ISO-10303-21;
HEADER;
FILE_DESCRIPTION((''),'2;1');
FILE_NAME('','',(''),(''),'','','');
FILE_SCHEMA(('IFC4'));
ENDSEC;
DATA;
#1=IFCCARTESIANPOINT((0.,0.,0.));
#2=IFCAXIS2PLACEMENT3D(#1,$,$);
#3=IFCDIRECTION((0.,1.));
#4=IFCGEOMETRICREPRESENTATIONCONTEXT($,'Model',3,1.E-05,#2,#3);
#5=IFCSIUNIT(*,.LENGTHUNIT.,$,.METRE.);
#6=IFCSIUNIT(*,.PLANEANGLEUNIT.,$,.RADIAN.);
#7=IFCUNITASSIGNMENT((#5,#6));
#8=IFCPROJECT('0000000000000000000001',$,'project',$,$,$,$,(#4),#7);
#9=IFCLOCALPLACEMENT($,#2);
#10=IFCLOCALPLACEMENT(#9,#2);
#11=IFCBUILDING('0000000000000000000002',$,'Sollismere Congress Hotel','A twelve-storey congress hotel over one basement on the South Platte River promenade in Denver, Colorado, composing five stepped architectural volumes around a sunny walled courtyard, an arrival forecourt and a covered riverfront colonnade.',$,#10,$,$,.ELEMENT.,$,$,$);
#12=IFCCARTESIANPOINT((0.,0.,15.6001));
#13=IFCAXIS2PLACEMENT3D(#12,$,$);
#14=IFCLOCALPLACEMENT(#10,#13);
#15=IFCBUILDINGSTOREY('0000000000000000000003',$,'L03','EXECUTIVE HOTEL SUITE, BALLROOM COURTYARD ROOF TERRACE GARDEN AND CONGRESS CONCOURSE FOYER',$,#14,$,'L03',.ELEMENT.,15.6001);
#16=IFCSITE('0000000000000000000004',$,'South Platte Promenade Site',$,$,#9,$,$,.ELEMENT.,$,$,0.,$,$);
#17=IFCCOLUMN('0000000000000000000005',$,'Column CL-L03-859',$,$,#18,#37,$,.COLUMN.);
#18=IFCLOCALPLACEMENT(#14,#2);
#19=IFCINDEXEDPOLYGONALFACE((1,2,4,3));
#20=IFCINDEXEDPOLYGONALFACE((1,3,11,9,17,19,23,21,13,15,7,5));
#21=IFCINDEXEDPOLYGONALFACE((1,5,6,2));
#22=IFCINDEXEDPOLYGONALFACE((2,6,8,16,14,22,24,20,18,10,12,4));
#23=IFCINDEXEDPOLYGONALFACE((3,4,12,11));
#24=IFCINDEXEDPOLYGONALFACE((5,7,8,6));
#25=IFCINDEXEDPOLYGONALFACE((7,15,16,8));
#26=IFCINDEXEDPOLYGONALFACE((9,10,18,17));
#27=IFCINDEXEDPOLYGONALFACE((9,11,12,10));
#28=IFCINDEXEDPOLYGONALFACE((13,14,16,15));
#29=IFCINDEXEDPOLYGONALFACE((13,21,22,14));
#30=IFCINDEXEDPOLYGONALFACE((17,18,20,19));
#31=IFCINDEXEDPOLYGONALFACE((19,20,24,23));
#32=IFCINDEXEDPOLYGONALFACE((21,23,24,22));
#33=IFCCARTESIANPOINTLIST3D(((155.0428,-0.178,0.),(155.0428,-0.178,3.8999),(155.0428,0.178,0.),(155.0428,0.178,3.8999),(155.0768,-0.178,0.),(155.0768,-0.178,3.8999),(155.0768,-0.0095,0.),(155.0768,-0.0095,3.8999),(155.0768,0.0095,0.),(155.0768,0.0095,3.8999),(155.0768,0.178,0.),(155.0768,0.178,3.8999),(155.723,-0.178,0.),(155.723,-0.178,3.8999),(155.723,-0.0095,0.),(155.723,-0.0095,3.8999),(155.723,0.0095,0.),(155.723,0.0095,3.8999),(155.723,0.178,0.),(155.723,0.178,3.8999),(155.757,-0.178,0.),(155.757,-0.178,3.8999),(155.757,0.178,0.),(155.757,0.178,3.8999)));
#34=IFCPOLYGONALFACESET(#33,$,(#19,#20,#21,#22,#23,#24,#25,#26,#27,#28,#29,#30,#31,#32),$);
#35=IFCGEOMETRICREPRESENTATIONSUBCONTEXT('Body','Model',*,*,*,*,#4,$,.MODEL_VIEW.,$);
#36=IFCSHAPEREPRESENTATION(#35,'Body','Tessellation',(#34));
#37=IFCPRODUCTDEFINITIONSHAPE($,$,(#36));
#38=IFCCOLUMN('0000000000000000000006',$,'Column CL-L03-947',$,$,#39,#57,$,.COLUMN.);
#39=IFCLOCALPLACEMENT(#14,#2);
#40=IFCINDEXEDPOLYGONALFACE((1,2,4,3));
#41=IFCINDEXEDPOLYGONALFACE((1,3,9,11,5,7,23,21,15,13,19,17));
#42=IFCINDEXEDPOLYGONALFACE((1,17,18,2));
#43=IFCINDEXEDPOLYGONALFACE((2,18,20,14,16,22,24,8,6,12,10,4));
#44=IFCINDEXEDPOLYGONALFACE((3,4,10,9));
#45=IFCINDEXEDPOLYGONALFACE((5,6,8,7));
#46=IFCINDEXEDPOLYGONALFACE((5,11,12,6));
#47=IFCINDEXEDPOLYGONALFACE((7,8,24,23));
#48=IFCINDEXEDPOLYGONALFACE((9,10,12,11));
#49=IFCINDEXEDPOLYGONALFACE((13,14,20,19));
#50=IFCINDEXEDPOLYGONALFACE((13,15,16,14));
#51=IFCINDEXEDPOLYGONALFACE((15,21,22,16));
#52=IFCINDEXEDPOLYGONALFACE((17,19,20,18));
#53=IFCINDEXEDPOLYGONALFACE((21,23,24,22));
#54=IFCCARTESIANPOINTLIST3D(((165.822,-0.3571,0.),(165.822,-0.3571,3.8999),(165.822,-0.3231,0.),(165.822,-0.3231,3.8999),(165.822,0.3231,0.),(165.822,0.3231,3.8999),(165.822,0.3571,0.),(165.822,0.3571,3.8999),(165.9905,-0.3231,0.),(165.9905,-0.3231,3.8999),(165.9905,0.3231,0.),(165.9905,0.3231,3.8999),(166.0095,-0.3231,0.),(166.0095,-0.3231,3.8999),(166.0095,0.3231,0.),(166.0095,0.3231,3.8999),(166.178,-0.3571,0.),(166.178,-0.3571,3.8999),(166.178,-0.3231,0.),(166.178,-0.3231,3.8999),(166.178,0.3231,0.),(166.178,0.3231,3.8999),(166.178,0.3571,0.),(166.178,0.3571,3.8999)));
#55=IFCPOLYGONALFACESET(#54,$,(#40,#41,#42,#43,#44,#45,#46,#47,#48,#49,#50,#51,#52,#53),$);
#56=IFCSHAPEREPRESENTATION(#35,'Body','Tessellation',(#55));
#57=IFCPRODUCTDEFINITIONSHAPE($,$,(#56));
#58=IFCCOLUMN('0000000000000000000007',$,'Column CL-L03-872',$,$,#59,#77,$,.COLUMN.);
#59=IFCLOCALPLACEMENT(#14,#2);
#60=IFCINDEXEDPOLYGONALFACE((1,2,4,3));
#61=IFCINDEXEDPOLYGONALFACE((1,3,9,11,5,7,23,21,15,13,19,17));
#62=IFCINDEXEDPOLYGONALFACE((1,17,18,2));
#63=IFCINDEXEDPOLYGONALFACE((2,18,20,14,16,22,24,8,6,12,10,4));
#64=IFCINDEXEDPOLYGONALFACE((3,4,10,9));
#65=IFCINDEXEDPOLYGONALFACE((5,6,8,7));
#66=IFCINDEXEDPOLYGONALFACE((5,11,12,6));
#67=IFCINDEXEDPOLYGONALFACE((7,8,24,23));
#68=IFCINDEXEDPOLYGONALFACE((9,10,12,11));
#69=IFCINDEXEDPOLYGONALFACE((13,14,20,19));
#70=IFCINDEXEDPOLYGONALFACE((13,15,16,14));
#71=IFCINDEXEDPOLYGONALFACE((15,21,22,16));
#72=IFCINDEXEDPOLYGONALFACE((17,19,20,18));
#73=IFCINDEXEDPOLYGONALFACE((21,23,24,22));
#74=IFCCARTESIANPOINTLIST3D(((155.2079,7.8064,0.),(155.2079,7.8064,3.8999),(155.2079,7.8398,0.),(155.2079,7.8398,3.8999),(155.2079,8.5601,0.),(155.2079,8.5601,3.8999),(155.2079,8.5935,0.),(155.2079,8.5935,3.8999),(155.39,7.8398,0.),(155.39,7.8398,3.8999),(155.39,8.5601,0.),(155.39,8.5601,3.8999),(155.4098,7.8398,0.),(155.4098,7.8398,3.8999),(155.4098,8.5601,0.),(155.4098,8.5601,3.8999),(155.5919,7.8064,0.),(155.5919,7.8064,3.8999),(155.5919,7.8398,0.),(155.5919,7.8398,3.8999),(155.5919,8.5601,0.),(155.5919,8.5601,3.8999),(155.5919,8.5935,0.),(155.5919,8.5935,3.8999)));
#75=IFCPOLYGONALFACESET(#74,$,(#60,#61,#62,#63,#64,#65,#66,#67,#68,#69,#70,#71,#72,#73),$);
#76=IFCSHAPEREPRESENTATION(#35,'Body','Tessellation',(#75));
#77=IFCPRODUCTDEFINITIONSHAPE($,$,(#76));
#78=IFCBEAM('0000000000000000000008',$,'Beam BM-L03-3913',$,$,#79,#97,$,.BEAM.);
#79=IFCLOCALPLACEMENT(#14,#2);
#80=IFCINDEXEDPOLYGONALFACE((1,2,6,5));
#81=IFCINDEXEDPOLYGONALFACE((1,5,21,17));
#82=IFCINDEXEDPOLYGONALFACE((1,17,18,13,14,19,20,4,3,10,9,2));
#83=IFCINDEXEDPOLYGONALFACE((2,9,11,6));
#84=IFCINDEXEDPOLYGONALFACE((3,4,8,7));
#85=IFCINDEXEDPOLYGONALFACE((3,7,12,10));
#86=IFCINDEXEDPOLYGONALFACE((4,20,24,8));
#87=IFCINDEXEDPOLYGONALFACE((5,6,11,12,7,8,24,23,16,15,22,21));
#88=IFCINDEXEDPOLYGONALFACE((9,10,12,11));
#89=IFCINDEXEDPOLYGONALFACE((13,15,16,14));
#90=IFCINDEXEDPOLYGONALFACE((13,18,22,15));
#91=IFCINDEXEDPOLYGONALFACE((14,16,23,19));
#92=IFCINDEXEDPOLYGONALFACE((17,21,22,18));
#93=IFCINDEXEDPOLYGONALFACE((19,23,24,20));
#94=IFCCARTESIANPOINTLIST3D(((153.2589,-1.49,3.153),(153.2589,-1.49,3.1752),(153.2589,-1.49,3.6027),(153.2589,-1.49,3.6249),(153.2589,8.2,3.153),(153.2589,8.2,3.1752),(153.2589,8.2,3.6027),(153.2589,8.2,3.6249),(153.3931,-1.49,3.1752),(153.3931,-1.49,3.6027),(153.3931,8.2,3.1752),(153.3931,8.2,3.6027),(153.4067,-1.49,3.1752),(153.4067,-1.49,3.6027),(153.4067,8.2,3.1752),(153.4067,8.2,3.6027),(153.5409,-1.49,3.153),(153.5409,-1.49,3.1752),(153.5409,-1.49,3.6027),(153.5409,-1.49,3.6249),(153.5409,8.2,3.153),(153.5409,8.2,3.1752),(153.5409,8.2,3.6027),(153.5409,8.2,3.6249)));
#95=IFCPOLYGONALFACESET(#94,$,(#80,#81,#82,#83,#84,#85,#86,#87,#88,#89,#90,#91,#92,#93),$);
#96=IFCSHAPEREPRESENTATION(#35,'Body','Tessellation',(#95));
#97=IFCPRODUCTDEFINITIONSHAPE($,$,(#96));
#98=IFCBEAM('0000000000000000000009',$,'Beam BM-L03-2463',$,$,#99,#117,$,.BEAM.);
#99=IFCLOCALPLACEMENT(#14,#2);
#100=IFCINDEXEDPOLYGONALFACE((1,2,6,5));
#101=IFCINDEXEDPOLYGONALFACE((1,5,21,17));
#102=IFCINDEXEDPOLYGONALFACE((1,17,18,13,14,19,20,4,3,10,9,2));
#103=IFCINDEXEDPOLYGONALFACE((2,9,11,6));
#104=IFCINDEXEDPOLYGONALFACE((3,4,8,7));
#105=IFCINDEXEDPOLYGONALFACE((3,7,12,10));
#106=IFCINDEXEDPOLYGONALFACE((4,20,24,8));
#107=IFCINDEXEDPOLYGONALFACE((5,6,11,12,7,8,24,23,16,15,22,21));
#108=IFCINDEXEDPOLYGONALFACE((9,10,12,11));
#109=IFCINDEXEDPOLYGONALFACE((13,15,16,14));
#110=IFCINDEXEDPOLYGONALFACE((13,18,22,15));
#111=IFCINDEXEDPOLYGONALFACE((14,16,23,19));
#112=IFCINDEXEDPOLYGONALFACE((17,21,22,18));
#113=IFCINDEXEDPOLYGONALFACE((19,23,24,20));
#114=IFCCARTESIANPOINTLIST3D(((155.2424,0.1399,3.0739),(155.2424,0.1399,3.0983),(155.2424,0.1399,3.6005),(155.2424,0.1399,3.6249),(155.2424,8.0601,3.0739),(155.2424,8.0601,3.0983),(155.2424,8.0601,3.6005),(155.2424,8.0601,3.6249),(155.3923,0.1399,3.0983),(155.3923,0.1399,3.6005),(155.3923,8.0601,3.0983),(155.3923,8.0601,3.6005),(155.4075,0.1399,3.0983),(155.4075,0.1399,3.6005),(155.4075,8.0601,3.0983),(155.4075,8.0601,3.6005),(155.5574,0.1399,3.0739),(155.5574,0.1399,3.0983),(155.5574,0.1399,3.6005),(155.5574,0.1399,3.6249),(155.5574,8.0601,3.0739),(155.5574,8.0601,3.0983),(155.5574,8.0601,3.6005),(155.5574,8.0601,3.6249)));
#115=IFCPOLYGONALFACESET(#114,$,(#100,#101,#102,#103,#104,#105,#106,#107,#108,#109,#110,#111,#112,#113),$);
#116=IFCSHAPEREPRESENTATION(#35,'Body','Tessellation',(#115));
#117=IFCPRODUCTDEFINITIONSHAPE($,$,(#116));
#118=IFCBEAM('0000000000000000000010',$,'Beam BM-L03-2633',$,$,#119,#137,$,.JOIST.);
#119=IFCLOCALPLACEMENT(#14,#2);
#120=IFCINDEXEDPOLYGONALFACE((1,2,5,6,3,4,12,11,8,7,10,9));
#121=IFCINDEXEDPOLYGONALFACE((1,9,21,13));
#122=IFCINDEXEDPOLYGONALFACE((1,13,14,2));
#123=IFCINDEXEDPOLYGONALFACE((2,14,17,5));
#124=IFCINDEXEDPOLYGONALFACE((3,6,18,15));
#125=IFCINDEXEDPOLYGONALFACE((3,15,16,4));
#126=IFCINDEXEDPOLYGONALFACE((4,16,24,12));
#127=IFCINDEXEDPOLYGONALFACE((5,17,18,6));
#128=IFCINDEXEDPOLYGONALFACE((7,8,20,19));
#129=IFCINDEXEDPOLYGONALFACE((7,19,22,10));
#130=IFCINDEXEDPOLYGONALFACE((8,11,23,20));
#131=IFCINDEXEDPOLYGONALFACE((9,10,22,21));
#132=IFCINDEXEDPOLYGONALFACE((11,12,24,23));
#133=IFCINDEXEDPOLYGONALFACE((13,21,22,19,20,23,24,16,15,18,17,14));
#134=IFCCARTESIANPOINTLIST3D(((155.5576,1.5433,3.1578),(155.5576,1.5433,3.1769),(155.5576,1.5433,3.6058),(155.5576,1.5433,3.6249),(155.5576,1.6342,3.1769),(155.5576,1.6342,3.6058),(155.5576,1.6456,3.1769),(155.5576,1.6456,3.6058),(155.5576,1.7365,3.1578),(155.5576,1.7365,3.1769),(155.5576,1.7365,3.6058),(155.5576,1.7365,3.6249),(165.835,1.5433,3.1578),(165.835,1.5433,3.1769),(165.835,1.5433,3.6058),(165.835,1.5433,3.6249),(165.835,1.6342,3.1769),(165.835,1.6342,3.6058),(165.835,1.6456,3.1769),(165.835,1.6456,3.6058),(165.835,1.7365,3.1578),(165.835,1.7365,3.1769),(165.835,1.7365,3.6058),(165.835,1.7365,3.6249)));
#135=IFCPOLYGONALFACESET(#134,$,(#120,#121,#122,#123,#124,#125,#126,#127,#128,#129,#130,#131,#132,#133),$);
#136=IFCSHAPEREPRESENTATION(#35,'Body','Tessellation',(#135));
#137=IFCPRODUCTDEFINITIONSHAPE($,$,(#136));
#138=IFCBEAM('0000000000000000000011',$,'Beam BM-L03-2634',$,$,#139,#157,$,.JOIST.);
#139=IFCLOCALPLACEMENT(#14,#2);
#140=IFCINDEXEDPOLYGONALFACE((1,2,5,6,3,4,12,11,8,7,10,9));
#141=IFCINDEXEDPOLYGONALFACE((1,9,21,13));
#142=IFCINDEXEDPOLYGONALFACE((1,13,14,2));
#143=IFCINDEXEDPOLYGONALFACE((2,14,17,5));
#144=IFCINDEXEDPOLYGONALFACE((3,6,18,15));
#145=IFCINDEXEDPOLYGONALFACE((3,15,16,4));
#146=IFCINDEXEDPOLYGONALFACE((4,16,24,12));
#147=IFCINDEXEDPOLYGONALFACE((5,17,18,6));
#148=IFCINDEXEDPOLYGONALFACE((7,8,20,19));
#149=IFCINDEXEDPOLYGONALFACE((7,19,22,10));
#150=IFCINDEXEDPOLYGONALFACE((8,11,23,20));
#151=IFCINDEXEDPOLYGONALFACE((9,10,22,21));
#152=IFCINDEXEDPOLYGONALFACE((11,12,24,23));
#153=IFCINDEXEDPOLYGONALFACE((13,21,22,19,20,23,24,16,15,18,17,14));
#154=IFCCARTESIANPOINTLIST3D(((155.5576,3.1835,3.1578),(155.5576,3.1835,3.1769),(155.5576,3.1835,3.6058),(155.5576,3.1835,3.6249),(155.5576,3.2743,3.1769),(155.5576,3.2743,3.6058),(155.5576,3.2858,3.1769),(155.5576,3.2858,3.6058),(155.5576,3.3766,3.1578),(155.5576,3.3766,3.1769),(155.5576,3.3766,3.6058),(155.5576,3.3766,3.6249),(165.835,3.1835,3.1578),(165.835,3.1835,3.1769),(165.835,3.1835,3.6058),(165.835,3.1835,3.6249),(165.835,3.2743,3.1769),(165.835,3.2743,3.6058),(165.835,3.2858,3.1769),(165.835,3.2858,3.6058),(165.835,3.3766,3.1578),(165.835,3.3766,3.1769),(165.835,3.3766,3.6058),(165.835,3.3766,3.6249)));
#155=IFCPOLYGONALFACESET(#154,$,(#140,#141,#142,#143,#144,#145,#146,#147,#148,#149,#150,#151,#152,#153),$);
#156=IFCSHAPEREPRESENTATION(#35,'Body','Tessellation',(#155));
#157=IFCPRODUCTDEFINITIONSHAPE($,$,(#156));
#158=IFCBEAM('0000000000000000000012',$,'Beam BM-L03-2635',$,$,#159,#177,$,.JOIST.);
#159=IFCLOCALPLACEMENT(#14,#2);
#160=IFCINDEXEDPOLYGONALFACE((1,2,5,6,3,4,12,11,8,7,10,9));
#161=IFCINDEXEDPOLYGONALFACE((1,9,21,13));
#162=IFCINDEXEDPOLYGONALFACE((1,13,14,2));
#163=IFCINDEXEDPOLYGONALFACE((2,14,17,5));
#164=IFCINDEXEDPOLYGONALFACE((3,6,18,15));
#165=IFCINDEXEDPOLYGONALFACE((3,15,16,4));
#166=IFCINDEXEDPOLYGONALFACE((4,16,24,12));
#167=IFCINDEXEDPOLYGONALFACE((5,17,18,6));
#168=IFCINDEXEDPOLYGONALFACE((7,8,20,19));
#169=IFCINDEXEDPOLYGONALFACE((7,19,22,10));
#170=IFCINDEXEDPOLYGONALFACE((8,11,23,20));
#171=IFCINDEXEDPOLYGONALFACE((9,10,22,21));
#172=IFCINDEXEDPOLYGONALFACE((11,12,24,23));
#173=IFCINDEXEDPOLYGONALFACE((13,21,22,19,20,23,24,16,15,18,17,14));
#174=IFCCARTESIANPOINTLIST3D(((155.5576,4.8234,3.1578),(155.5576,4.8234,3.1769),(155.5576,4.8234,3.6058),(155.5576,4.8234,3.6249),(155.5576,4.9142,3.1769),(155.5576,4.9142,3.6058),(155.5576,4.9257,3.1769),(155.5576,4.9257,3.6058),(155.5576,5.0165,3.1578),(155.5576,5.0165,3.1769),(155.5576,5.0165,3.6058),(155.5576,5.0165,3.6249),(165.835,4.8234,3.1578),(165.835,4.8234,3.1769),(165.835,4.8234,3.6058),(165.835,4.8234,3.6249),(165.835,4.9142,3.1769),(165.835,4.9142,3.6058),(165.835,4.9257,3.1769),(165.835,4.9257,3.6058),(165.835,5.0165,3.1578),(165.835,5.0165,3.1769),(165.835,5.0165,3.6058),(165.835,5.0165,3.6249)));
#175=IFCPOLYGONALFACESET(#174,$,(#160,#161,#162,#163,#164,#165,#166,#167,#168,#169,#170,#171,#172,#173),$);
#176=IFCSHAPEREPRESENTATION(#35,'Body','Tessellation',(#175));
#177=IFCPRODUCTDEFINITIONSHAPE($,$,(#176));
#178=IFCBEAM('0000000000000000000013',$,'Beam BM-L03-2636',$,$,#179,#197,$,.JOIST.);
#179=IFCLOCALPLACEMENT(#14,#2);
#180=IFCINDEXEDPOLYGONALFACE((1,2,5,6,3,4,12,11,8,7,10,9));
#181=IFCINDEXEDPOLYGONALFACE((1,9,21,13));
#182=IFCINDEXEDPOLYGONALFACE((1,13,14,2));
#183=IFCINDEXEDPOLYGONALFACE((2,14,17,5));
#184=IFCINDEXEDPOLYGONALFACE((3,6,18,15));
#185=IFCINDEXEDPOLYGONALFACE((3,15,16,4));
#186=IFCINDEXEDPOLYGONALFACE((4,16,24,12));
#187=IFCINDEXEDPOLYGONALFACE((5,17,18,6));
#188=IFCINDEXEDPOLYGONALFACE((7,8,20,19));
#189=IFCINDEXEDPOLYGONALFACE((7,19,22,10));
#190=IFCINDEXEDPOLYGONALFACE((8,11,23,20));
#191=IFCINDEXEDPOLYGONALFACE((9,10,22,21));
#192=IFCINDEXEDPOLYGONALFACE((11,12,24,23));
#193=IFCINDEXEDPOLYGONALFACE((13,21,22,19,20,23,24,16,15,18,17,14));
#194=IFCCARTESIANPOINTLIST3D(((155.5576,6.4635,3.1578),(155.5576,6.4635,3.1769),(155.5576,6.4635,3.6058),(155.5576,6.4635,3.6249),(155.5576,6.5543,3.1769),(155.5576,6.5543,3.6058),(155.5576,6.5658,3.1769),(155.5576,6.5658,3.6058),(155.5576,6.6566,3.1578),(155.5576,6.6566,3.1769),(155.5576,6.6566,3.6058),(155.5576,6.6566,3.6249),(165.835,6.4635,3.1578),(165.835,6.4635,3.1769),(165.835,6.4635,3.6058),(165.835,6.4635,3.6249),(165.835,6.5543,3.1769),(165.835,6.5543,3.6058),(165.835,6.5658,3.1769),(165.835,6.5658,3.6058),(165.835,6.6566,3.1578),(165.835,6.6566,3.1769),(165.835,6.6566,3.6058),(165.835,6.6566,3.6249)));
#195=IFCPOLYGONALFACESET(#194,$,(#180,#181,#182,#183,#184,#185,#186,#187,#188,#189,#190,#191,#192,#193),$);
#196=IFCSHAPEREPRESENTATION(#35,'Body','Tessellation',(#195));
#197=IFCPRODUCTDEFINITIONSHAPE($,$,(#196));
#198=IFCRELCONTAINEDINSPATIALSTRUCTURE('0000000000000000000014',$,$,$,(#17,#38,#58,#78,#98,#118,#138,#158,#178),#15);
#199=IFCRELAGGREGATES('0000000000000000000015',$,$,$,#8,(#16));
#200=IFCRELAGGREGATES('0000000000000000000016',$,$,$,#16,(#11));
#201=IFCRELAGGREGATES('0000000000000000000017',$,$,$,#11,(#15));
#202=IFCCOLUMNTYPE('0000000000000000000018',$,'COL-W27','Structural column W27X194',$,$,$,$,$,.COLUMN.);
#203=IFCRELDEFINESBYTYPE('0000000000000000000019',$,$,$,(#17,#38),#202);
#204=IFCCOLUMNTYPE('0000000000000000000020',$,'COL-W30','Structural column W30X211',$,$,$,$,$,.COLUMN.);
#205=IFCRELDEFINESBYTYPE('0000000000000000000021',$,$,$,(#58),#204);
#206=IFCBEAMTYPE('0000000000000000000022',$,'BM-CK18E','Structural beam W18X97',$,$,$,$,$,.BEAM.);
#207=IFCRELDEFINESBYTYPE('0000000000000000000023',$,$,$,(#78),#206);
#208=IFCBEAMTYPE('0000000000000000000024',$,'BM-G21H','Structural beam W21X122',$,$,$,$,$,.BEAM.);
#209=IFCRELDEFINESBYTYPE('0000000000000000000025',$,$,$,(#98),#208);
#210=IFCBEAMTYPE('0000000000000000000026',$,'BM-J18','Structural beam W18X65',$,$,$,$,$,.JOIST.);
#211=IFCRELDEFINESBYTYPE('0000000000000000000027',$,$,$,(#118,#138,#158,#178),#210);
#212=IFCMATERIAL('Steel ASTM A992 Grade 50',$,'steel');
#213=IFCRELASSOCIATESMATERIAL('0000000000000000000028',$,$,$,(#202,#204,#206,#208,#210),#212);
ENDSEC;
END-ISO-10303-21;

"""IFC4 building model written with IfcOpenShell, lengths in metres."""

from ifc_helpers import new_model, si_unit, direction, frame, origin, origin_2d, place, context, subcontext, project, spatial, i_section, extrude, material, material_profile, profile_set, type_object, element, save


model = new_model("IFC4")

# Units and contexts
model_context = context("Model", 3, precision=1e-05, world=origin(), true_north=direction((0.0, 1.0)))
body_context = subcontext(model_context, "Body", "Model", "MODEL_VIEW")
ifc_project = project(units=[si_unit("LENGTHUNIT", "METRE"), si_unit("PLANEANGLEUNIT", "RADIAN")], contexts=[model_context])

# Site, building, storey
site_placement = place(None, origin())
site = spatial("IfcSite", under=ifc_project, at=site_placement, Name="South Platte Promenade Site", CompositionType="ELEMENT", RefElevation=0.0)
building_placement = place(site_placement, origin())
building = spatial("IfcBuilding", under=site, at=building_placement, Name="Sollismere Congress Hotel", Description="A twelve-storey congress hotel over one basement on the South Platte River promenade in Denver, Colorado, composing five stepped architectural volumes around a sunny walled courtyard, an arrival forecourt and a covered riverfront colonnade.", CompositionType="ELEMENT")
storey_placement = place(building_placement, frame((0.0, 0.0, 15.6001)))
storey = spatial("IfcBuildingStorey", under=building, at=storey_placement, Name="L03", Description="EXECUTIVE HOTEL SUITE, BALLROOM COURTYARD ROOF TERRACE GARDEN AND CONGRESS CONCOURSE FOYER", LongName="L03", CompositionType="ELEMENT", Elevation=15.6001)

# Columns
ifc_material_1 = material(Name="Steel ASTM A992 Grade 50", Category="steel")
ifc_material_profile_1 = material_profile(ifc_material_1, i_section(OverallWidth=0.356, OverallDepth=0.7141, WebThickness=0.019, FlangeThickness=0.0339, at=origin_2d()), Name="W27X194")
ifc_profile_set_1 = profile_set([ifc_material_profile_1], Name="Steel ASTM A992 Grade 50")
column_type_1 = type_object("IfcColumnType", Name="COL-W27", Description="Structural column W27X194", PredefinedType="COLUMN", material=ifc_profile_set_1)
for number, where, z_axis, x_axis, name in (
    (1, (155.3999, 0.0, 0.0), (0.0, 0.0, 1.0), (0.0, 1.0, 0.0), "Column CL-L03-859"),
    (2, (166.0, 0.0, 0.0), (0.0, 0.0, 1.0), (1.0, 0.0, 0.0), "Column CL-L03-947"),
):
    element("IfcColumn", number, at=place(storey_placement, frame(where, z_axis=z_axis, x_axis=x_axis)), inside=storey, type_object=column_type_1, Name=name, PredefinedType="COLUMN", context=body_context, shape_type="SweptSolid", body=[
        extrude(i_section(OverallWidth=0.356, OverallDepth=0.7141, WebThickness=0.019, FlangeThickness=0.0339, at=origin_2d()), origin(), (0.0, 0.0, 1.0), 3.8999),
    ])
ifc_material_profile_2 = material_profile(ifc_material_1, i_section(OverallWidth=0.384, OverallDepth=0.7871, WebThickness=0.0198, FlangeThickness=0.0334, at=origin_2d()), Name="W30X211")
ifc_profile_set_2 = profile_set([ifc_material_profile_2], Name="Steel ASTM A992 Grade 50")
column_type_2 = type_object("IfcColumnType", Name="COL-W30", Description="Structural column W30X211", PredefinedType="COLUMN", material=ifc_profile_set_2)
column_placement = place(storey_placement, frame((155.3999, 8.2, 0.0), z_axis=(0.0, 0.0, 1.0), x_axis=(1.0, 0.0, 0.0)))
element("IfcColumn", 3, at=column_placement, inside=storey, type_object=column_type_2, Name="Column CL-L03-872", PredefinedType="COLUMN", context=body_context, shape_type="SweptSolid", body=[
    extrude(i_section(OverallWidth=0.384, OverallDepth=0.7871, WebThickness=0.0198, FlangeThickness=0.0334, at=origin_2d()), origin(), (0.0, 0.0, 1.0), 3.8999),
])

# Beams
ifc_material_profile_3 = material_profile(ifc_material_1, i_section(OverallWidth=0.282, OverallDepth=0.4719, WebThickness=0.0137, FlangeThickness=0.0222, at=origin_2d()), Name="W18X97")
ifc_profile_set_3 = profile_set([ifc_material_profile_3], Name="Steel ASTM A992 Grade 50")
beam_type_1 = type_object("IfcBeamType", Name="BM-CK18E", Description="Structural beam W18X97", PredefinedType="BEAM", material=ifc_profile_set_3)
beam_1_placement = place(storey_placement, frame((153.3999, 8.2, 3.3889), z_axis=(0.0, -1.0, 0.0), x_axis=(1.0, 0.0, 0.0)))
element("IfcBeam", 4, at=beam_1_placement, inside=storey, type_object=beam_type_1, Name="Beam BM-L03-3913", PredefinedType="BEAM", context=body_context, shape_type="SweptSolid", body=[
    extrude(i_section(OverallWidth=0.282, OverallDepth=0.4719, WebThickness=0.0137, FlangeThickness=0.0222, at=origin_2d()), origin(), (0.0, 0.0, 1.0), 9.6899),
])
ifc_material_profile_4 = material_profile(ifc_material_1, i_section(OverallWidth=0.3149, OverallDepth=0.551, WebThickness=0.0151, FlangeThickness=0.0244, at=origin_2d()), Name="W21X122")
ifc_profile_set_4 = profile_set([ifc_material_profile_4], Name="Steel ASTM A992 Grade 50")
beam_type_2 = type_object("IfcBeamType", Name="BM-G21H", Description="Structural beam W21X122", PredefinedType="BEAM", material=ifc_profile_set_4)
beam_2_placement = place(storey_placement, frame((155.3999, 0.1399, 3.3494), z_axis=(0.0, 1.0, 0.0), x_axis=(-1.0, 0.0, 0.0)))
element("IfcBeam", 5, at=beam_2_placement, inside=storey, type_object=beam_type_2, Name="Beam BM-L03-2463", PredefinedType="BEAM", context=body_context, shape_type="SweptSolid", body=[
    extrude(i_section(OverallWidth=0.3149, OverallDepth=0.551, WebThickness=0.0151, FlangeThickness=0.0244, at=origin_2d()), origin(), (0.0, 0.0, 1.0), 7.9202),
])
ifc_material_profile_5 = material_profile(ifc_material_1, i_section(OverallWidth=0.1931, OverallDepth=0.467, WebThickness=0.0115, FlangeThickness=0.019, at=origin_2d()), Name="W18X65")
ifc_profile_set_5 = profile_set([ifc_material_profile_5], Name="Steel ASTM A992 Grade 50")
beam_type_3 = type_object("IfcBeamType", Name="BM-J18", Description="Structural beam W18X65", PredefinedType="JOIST", material=ifc_profile_set_5)
for number, where, z_axis, x_axis, name in (
    (6, (155.5576, 1.6399, 3.3914), (1.0, 0.0, 0.0), (0.0, 1.0, 0.0), "Beam BM-L03-2633"),
    (7, (155.5576, 3.28, 3.3914), (1.0, 0.0, 0.0), (0.0, 1.0, 0.0), "Beam BM-L03-2634"),
    (8, (155.5576, 4.9199, 3.3914), (1.0, 0.0, 0.0), (0.0, 1.0, 0.0), "Beam BM-L03-2635"),
    (9, (155.5576, 6.5601, 3.3914), (1.0, 0.0, 0.0), (0.0, 1.0, 0.0), "Beam BM-L03-2636"),
):
    element("IfcBeam", number, at=place(storey_placement, frame(where, z_axis=z_axis, x_axis=x_axis)), inside=storey, type_object=beam_type_3, Name=name, PredefinedType="JOIST", context=body_context, shape_type="SweptSolid", body=[
        extrude(i_section(OverallWidth=0.1931, OverallDepth=0.467, WebThickness=0.0115, FlangeThickness=0.019, at=origin_2d()), origin(), (0.0, 0.0, 1.0), 10.2773),
    ])

save(model, "model.ifc")
